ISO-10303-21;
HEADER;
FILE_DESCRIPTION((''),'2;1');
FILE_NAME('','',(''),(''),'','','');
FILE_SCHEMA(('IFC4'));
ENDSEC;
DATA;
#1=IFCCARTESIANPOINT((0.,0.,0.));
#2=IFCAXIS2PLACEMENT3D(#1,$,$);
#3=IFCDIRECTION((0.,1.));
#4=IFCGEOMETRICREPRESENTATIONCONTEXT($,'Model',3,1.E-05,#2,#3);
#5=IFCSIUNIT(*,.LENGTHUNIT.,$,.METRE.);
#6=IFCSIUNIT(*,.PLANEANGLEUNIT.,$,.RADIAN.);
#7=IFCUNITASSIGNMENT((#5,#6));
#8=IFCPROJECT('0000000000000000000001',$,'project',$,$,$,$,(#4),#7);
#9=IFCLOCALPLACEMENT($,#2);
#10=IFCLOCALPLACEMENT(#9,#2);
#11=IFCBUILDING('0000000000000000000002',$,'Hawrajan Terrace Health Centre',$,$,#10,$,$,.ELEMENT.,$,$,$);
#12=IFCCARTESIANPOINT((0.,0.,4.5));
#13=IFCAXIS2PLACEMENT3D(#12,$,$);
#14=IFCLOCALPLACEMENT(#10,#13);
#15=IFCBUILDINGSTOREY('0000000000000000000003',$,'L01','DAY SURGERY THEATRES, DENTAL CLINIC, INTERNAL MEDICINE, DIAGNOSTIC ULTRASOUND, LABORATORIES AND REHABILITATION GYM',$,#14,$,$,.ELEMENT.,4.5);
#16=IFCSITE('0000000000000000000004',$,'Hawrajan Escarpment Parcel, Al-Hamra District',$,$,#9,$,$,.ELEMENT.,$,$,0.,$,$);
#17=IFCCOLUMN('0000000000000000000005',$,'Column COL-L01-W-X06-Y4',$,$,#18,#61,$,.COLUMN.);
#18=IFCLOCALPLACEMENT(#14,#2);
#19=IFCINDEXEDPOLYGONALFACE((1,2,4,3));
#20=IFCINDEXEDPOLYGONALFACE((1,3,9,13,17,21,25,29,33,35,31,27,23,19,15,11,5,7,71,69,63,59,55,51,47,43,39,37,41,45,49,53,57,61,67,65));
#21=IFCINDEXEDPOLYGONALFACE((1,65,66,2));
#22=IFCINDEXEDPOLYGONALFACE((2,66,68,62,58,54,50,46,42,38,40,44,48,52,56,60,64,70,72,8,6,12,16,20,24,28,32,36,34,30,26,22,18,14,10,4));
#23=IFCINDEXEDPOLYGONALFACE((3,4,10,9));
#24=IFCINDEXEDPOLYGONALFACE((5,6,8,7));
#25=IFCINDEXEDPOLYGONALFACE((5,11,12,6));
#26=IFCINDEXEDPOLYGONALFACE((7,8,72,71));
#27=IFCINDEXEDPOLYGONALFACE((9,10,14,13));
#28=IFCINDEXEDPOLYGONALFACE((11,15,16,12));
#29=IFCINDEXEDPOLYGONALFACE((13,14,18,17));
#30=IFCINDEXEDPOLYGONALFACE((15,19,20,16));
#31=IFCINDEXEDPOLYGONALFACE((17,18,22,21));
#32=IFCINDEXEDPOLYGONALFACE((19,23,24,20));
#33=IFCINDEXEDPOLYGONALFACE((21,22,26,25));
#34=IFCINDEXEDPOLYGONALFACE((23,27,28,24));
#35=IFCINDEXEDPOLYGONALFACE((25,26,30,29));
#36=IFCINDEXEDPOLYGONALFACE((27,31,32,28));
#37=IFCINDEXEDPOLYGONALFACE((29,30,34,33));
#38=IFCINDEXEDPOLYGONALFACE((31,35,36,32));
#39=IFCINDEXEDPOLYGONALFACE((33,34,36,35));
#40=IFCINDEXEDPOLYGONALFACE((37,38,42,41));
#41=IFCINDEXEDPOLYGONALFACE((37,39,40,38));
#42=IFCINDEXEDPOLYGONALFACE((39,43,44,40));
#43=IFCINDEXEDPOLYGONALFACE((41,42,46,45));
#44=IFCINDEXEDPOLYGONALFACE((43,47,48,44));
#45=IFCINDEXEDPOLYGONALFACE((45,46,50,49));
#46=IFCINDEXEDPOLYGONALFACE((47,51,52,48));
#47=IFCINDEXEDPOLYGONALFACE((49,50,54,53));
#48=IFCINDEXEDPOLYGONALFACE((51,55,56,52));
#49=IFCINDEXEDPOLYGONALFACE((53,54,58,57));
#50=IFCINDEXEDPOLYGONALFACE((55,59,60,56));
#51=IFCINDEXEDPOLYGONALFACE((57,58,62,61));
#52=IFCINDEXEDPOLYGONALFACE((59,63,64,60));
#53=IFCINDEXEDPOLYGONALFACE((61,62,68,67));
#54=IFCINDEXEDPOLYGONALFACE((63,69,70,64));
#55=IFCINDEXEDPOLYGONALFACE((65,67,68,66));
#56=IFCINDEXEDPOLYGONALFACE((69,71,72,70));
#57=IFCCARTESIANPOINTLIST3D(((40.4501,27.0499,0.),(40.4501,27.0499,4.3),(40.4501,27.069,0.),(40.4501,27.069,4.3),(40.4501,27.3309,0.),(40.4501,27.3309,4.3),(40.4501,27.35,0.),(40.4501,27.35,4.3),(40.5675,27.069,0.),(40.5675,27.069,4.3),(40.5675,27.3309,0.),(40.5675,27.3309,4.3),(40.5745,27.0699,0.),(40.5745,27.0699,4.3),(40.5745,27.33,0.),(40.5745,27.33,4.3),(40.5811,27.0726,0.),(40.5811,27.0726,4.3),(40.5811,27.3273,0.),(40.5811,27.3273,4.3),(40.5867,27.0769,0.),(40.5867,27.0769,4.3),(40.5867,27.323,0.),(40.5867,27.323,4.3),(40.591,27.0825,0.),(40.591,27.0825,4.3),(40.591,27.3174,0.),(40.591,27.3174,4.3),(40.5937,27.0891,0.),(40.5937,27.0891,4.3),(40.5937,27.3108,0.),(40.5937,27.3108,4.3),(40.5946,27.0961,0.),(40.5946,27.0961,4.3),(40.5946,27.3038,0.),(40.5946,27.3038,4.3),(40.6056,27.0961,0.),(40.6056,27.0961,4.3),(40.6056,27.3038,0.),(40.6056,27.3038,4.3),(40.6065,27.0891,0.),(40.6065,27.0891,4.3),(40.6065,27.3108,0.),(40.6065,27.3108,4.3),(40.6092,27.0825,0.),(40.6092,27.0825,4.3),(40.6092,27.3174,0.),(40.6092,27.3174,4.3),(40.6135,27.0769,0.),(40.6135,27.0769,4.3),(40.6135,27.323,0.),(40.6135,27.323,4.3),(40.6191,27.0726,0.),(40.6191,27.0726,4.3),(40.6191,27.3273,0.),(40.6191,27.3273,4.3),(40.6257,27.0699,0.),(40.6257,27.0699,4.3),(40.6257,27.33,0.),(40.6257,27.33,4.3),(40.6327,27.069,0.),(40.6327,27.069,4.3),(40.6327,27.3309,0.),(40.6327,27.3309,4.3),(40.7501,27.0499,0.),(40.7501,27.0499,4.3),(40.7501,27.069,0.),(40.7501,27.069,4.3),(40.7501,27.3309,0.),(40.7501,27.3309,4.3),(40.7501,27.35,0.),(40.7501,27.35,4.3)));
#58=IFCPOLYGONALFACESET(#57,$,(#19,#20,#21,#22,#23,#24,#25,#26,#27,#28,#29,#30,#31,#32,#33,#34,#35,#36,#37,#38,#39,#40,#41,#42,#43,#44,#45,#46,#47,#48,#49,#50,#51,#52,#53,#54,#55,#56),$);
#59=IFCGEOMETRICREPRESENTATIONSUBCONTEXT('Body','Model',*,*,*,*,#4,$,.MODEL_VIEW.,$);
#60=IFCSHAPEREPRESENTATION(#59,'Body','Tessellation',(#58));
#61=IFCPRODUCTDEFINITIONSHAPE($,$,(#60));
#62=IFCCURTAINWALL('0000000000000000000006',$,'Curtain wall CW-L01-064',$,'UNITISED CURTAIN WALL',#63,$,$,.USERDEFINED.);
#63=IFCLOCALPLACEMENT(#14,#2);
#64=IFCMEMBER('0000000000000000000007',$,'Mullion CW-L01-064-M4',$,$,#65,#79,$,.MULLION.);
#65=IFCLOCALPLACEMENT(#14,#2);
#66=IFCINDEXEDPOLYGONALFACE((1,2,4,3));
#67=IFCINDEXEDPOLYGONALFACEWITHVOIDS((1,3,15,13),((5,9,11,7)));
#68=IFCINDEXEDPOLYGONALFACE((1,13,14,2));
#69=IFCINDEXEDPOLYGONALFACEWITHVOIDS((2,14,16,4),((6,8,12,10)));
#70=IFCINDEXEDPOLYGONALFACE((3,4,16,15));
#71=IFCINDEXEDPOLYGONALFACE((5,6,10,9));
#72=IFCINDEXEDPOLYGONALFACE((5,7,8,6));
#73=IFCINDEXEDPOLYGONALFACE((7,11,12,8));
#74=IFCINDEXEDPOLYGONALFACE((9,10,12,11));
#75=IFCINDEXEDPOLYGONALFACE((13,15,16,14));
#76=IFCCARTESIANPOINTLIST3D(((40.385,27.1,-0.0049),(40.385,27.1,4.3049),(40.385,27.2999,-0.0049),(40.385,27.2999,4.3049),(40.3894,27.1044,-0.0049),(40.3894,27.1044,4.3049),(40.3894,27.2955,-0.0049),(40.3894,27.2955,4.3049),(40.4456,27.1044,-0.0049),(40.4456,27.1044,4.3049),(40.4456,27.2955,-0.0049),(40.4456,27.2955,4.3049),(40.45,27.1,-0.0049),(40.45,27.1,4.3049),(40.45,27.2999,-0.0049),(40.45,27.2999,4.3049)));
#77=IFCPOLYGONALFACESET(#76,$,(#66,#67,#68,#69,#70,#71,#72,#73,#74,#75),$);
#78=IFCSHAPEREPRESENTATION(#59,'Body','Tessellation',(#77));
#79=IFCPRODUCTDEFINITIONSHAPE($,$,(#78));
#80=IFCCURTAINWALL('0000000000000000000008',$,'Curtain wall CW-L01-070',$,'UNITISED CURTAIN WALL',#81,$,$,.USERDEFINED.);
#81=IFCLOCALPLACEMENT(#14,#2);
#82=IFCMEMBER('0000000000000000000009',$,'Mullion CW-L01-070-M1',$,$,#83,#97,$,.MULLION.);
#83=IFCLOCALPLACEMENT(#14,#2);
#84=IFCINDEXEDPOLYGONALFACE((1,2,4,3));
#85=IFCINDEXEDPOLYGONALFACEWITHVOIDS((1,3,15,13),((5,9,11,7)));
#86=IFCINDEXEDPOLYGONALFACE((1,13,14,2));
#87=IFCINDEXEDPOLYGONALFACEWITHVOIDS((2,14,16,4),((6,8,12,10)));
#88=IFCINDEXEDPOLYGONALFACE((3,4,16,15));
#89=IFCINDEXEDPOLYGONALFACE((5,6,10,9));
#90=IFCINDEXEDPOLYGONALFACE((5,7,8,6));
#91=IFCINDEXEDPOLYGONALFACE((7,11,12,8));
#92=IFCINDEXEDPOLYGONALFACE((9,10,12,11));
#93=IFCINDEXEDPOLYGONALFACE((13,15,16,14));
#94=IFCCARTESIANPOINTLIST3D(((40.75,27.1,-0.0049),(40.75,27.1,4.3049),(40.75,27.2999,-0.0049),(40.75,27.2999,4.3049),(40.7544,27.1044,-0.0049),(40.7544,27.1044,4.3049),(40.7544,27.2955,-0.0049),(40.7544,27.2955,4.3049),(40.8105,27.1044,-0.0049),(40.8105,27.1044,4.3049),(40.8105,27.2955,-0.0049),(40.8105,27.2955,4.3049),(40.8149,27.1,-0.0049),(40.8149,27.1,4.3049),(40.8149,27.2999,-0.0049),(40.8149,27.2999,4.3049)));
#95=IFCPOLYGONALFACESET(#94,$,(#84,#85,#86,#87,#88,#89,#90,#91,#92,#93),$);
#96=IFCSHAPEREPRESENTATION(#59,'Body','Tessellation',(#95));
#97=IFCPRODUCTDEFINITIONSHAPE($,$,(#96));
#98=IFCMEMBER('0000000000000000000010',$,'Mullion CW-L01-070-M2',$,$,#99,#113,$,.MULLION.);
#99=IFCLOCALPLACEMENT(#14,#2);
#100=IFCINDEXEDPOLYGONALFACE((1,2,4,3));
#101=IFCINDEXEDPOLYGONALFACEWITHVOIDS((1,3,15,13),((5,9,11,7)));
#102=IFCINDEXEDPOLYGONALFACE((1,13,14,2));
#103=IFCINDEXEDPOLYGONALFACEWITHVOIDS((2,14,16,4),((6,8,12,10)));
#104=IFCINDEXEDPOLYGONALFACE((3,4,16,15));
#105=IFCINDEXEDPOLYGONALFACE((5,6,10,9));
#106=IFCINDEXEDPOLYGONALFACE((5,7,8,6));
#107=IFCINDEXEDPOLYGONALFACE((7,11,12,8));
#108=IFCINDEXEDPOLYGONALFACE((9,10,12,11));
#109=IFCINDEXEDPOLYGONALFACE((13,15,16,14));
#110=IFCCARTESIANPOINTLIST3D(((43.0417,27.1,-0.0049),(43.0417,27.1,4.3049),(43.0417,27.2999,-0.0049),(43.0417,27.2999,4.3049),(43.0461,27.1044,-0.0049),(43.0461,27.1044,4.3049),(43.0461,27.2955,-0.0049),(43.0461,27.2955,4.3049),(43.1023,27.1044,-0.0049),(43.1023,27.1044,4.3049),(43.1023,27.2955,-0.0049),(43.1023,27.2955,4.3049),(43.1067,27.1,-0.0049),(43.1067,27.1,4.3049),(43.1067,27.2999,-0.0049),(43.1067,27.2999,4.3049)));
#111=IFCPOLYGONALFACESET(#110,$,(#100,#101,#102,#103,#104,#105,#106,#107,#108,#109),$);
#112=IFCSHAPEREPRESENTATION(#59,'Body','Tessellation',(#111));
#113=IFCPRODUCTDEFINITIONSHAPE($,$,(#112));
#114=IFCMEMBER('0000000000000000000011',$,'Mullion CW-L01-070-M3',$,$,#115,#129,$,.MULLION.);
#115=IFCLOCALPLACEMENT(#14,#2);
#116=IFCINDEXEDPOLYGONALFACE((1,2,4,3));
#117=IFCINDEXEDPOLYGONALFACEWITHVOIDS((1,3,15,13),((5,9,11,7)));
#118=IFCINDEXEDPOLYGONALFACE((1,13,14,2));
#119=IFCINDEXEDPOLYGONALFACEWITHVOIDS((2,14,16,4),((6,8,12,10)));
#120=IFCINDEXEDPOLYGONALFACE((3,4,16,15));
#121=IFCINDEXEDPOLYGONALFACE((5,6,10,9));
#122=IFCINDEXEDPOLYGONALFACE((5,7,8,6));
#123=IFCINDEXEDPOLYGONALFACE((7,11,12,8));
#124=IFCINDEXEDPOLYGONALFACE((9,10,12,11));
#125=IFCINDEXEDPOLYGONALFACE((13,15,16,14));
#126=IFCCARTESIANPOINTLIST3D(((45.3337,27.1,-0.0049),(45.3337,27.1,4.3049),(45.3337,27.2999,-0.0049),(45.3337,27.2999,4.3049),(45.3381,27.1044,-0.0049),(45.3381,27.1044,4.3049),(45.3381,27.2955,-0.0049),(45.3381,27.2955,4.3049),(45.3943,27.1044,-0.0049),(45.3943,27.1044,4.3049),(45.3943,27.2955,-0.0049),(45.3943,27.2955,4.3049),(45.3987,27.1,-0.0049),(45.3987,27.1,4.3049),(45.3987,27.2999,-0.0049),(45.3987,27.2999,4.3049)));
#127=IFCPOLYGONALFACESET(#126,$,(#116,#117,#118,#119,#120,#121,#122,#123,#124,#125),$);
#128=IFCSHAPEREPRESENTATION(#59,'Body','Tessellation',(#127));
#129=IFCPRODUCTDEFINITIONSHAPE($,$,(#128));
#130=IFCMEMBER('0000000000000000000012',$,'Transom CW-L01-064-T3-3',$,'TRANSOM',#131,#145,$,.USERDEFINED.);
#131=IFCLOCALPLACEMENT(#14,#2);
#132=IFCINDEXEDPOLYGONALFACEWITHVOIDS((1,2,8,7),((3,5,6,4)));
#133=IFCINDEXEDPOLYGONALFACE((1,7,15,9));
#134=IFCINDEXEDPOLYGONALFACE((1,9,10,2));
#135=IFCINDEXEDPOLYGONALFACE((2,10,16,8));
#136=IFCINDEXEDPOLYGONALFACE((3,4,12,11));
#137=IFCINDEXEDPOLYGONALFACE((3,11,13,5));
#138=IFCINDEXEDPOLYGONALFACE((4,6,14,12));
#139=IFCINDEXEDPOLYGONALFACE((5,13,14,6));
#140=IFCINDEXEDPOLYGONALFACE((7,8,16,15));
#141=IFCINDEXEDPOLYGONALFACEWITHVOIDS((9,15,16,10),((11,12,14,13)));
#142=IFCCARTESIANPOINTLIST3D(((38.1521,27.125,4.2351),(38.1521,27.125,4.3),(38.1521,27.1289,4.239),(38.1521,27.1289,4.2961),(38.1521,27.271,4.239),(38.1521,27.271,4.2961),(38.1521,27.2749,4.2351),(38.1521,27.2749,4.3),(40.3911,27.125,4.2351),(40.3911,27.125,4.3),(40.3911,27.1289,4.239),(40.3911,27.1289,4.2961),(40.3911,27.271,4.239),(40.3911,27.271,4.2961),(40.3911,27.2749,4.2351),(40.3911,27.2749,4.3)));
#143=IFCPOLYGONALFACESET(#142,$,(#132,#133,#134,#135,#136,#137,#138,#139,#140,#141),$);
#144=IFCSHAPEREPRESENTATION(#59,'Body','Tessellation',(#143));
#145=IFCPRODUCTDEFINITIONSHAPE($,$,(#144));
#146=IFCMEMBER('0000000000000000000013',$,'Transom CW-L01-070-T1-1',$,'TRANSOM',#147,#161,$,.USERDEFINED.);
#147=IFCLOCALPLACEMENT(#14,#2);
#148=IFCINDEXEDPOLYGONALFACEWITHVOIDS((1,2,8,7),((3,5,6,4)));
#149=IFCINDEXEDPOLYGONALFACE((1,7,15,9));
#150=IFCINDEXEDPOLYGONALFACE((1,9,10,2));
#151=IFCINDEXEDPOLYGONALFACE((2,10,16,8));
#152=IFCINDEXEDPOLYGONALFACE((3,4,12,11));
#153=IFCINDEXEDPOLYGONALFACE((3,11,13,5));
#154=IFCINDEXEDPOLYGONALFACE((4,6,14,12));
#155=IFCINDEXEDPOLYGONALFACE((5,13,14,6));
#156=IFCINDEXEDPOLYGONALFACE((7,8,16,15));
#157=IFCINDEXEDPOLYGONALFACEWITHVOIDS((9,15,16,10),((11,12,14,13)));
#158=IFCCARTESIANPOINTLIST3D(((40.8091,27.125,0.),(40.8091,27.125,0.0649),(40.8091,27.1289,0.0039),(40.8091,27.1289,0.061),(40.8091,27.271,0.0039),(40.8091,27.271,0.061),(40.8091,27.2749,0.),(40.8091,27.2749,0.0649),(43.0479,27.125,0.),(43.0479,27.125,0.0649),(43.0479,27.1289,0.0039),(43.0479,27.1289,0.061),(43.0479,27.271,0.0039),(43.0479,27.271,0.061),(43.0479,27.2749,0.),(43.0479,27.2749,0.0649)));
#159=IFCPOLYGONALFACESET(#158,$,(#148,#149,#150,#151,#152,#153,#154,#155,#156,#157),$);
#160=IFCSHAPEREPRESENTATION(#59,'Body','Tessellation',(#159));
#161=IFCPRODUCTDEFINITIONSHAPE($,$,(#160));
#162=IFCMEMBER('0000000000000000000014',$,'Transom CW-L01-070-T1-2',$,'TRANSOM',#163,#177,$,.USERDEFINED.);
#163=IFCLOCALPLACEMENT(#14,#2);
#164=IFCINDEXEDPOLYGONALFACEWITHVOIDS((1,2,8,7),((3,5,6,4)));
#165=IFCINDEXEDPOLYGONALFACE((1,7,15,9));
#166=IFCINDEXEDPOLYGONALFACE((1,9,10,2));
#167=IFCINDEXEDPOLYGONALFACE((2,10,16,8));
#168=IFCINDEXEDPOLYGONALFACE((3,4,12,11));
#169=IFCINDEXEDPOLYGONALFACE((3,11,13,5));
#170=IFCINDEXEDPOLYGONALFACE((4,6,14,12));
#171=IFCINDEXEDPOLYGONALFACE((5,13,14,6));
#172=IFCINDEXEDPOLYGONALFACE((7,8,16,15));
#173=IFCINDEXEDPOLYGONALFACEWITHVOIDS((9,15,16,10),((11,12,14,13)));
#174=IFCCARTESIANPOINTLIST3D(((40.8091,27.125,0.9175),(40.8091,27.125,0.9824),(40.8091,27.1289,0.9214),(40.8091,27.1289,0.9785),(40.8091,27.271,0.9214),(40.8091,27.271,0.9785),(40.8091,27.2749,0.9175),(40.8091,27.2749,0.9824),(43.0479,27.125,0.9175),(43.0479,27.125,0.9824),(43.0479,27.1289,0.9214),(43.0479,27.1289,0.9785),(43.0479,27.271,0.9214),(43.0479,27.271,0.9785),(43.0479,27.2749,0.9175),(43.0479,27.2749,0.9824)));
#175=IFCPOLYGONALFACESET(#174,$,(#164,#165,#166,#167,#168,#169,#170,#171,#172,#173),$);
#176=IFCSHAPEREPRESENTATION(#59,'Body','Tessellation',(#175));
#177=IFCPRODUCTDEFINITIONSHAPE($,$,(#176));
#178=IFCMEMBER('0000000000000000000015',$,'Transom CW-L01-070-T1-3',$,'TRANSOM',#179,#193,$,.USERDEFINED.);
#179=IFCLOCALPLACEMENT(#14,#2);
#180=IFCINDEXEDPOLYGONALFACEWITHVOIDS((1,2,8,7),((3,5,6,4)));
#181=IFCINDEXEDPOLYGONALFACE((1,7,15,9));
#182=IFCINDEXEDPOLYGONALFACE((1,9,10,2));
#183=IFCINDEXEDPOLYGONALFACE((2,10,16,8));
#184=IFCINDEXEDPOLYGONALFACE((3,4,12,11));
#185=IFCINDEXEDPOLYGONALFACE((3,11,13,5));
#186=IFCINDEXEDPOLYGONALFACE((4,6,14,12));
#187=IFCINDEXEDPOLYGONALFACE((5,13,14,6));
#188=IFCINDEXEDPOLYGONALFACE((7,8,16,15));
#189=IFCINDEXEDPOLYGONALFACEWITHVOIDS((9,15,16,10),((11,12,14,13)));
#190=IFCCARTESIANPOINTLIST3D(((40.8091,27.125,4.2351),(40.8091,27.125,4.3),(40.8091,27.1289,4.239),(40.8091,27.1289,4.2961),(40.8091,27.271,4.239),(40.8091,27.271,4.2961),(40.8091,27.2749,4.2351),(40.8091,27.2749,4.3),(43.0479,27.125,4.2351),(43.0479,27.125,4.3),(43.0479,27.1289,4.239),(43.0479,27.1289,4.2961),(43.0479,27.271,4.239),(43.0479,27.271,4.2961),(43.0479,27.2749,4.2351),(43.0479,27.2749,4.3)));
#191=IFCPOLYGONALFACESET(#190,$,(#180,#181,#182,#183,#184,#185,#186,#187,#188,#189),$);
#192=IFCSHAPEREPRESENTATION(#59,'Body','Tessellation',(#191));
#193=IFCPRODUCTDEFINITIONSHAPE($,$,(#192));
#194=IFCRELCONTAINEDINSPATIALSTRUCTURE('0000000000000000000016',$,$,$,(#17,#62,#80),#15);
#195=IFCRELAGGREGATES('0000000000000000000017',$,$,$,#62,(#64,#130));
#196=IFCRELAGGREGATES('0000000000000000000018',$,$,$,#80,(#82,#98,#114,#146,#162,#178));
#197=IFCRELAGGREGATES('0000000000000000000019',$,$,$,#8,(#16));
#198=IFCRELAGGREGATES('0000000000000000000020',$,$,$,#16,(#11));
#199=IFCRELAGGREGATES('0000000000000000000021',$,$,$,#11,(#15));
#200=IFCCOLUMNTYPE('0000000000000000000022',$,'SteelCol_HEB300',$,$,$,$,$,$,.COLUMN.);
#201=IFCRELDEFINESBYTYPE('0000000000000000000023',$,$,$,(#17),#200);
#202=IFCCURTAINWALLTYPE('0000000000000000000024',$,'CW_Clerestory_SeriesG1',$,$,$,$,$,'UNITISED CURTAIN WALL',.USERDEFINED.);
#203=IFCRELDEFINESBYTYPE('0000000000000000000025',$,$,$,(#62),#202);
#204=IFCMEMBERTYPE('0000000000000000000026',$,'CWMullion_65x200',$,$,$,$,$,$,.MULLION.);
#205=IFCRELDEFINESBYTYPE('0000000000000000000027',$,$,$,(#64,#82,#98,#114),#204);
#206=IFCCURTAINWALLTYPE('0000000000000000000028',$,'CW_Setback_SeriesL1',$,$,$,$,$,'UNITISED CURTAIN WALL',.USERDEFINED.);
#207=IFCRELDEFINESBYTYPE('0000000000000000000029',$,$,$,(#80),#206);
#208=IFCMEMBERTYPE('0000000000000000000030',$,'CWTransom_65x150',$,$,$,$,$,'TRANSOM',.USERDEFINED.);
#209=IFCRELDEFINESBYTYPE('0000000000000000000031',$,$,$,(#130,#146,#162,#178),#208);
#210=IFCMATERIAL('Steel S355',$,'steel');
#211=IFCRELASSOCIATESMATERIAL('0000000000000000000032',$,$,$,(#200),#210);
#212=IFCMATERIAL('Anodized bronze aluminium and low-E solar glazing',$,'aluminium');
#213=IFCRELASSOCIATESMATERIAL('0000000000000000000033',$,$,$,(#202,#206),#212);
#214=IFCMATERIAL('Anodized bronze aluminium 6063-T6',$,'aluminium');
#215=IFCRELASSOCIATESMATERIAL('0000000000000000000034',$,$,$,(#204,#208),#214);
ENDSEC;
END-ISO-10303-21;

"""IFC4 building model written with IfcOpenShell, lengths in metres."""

from ifc_helpers import new_model, si_unit, direction, frame, origin, origin_2d, place, context, subcontext, project, spatial, hollow_rectangle, i_section, extrude, material, material_profile, profile_set, type_object, element, aggregate, save


model = new_model("IFC4")

# Units and contexts
model_context = context("Model", 3, precision=1e-05, world=origin(), true_north=direction((0.0, 1.0)))
body_context = subcontext(model_context, "Body", "Model", "MODEL_VIEW")
ifc_project = project(units=[si_unit("LENGTHUNIT", "METRE"), si_unit("PLANEANGLEUNIT", "RADIAN")], contexts=[model_context])

# Site, building, storey
site_placement = place(None, origin())
site = spatial("IfcSite", under=ifc_project, at=site_placement, Name="Hawrajan Escarpment Parcel, Al-Hamra District", CompositionType="ELEMENT", RefElevation=0.0)
building_placement = place(site_placement, origin())
building = spatial("IfcBuilding", under=site, at=building_placement, Name="Hawrajan Terrace Health Centre", CompositionType="ELEMENT")
storey_placement = place(building_placement, frame((0.0, 0.0, 4.5)))
storey = spatial("IfcBuildingStorey", under=building, at=storey_placement, Name="L01", Description="DAY SURGERY THEATRES, DENTAL CLINIC, INTERNAL MEDICINE, DIAGNOSTIC ULTRASOUND, LABORATORIES AND REHABILITATION GYM", CompositionType="ELEMENT", Elevation=4.5)

# Column
ifc_material_1 = material(Name="Steel S355", Category="steel")
ifc_material_profile_1 = material_profile(ifc_material_1, i_section(OverallWidth=0.3, OverallDepth=0.3, WebThickness=0.011, FlangeThickness=0.019, FilletRadius=0.0271, at=origin_2d()), Name="HEB 300")
ifc_profile_set_1 = profile_set([ifc_material_profile_1], Name="Steel S355")
column_type = type_object("IfcColumnType", Name="SteelCol_HEB300", PredefinedType="COLUMN", material=ifc_profile_set_1)
column_placement = place(storey_placement, frame((40.6001, 27.2, 0.0), z_axis=(0.0, 0.0, 1.0), x_axis=(1.0, 0.0, 0.0)))
element("IfcColumn", 1, at=column_placement, inside=storey, type_object=column_type, Name="Column COL-L01-W-X06-Y4", PredefinedType="COLUMN", context=body_context, shape_type="SweptSolid", body=[
    extrude(i_section(OverallWidth=0.3, OverallDepth=0.3, WebThickness=0.011, FlangeThickness=0.019, FilletRadius=0.0271, at=origin_2d()), origin(), (0.0, 0.0, 1.0), 4.3),
])

# Curtain wall, member
ifc_material_2 = material(Name="Anodized bronze aluminium and low-E solar glazing", Category="aluminium")
curtain_wall_type_1 = type_object("IfcCurtainWallType", Name="CW_Clerestory_SeriesG1", ElementType="UNITISED CURTAIN WALL", PredefinedType="USERDEFINED", material=ifc_material_2)
curtain_wall_1_placement = place(storey_placement, origin())
curtain_wall_1 = element("IfcCurtainWall", 2, at=curtain_wall_1_placement, inside=storey, type_object=curtain_wall_type_1, Name="Curtain wall CW-L01-064", ObjectType="UNITISED CURTAIN WALL", PredefinedType="USERDEFINED")
ifc_material_3 = material(Name="Anodized bronze aluminium 6063-T6", Category="aluminium")
ifc_material_profile_2 = material_profile(ifc_material_3, hollow_rectangle(XDim=0.0649, YDim=0.2, WallThickness=0.0044, at=origin_2d()), Name="CW MUL 65x200")
ifc_profile_set_2 = profile_set([ifc_material_profile_2], Name="Anodized bronze aluminium 6063-T6")
member_type_1 = type_object("IfcMemberType", Name="CWMullion_65x200", PredefinedType="MULLION", material=ifc_profile_set_2)
member_1_placement = place(storey_placement, frame((40.4175, 27.2, -0.0049), z_axis=(0.0, 0.0, 1.0), x_axis=(1.0, 0.0, 0.0)))
member_1 = element("IfcMember", 3, at=member_1_placement, type_object=member_type_1, Name="Mullion CW-L01-064-M4", PredefinedType="MULLION", context=body_context, shape_type="SweptSolid", body=[
    extrude(hollow_rectangle(XDim=0.0649, YDim=0.2, WallThickness=0.0044, at=origin_2d()), origin(), (0.0, 0.0, 1.0), 4.3098),
])

# Curtain wall, members
curtain_wall_type_2 = type_object("IfcCurtainWallType", Name="CW_Setback_SeriesL1", ElementType="UNITISED CURTAIN WALL", PredefinedType="USERDEFINED", material=ifc_material_2)
curtain_wall_2_placement = place(storey_placement, origin())
curtain_wall_2 = element("IfcCurtainWall", 4, at=curtain_wall_2_placement, inside=storey, type_object=curtain_wall_type_2, Name="Curtain wall CW-L01-070", ObjectType="UNITISED CURTAIN WALL", PredefinedType="USERDEFINED")
member_2_placement = place(storey_placement, frame((40.7825, 27.2, -0.0049), z_axis=(0.0, 0.0, 1.0), x_axis=(1.0, 0.0, 0.0)))
member_2 = element("IfcMember", 5, at=member_2_placement, type_object=member_type_1, Name="Mullion CW-L01-070-M1", PredefinedType="MULLION", context=body_context, shape_type="SweptSolid", body=[
    extrude(hollow_rectangle(XDim=0.0649, YDim=0.2, WallThickness=0.0044, at=origin_2d()), origin(), (0.0, 0.0, 1.0), 4.3098),
])
member_3_placement = place(storey_placement, frame((43.0742, 27.2, -0.0049), z_axis=(0.0, 0.0, 1.0), x_axis=(1.0, 0.0, 0.0)))
member_3 = element("IfcMember", 6, at=member_3_placement, type_object=member_type_1, Name="Mullion CW-L01-070-M2", PredefinedType="MULLION", context=body_context, shape_type="SweptSolid", body=[
    extrude(hollow_rectangle(XDim=0.0649, YDim=0.2, WallThickness=0.0044, at=origin_2d()), origin(), (0.0, 0.0, 1.0), 4.3098),
])
member_4_placement = place(storey_placement, frame((45.3662, 27.2, -0.0049), z_axis=(0.0, 0.0, 1.0), x_axis=(1.0, 0.0, 0.0)))
member_4 = element("IfcMember", 7, at=member_4_placement, type_object=member_type_1, Name="Mullion CW-L01-070-M3", PredefinedType="MULLION", context=body_context, shape_type="SweptSolid", body=[
    extrude(hollow_rectangle(XDim=0.0649, YDim=0.2, WallThickness=0.0044, at=origin_2d()), origin(), (0.0, 0.0, 1.0), 4.3098),
])

# Members
ifc_material_profile_3 = material_profile(ifc_material_3, hollow_rectangle(XDim=0.0649, YDim=0.1499, WallThickness=0.0039, at=origin_2d()), Name="CW TRN 65x150")
ifc_profile_set_3 = profile_set([ifc_material_profile_3], Name="Anodized bronze aluminium 6063-T6")
member_type_2 = type_object("IfcMemberType", Name="CWTransom_65x150", ElementType="TRANSOM", PredefinedType="USERDEFINED", material=ifc_profile_set_3)
member_5_placement = place(storey_placement, frame((38.1521, 27.2, 4.2676), z_axis=(1.0, 0.0, 0.0), x_axis=(0.0, 0.0, 1.0)))
member_5 = element("IfcMember", 8, at=member_5_placement, type_object=member_type_2, Name="Transom CW-L01-064-T3-3", ObjectType="TRANSOM", PredefinedType="USERDEFINED", context=body_context, shape_type="SweptSolid", body=[
    extrude(hollow_rectangle(XDim=0.0649, YDim=0.1499, WallThickness=0.0039, at=origin_2d()), origin(), (0.0, 0.0, 1.0), 2.239),
])
member_6_placement = place(storey_placement, frame((40.8091, 27.2, 0.0325), z_axis=(1.0, 0.0, 0.0), x_axis=(0.0, 0.0, 1.0)))
member_6 = element("IfcMember", 9, at=member_6_placement, type_object=member_type_2, Name="Transom CW-L01-070-T1-1", ObjectType="TRANSOM", PredefinedType="USERDEFINED", context=body_context, shape_type="SweptSolid", body=[
    extrude(hollow_rectangle(XDim=0.0649, YDim=0.1499, WallThickness=0.0039, at=origin_2d()), origin(), (0.0, 0.0, 1.0), 2.2388),
])
member_7_placement = place(storey_placement, frame((40.8091, 27.2, 0.95), z_axis=(1.0, 0.0, 0.0), x_axis=(0.0, 0.0, 1.0)))
member_7 = element("IfcMember", 10, at=member_7_placement, type_object=member_type_2, Name="Transom CW-L01-070-T1-2", ObjectType="TRANSOM", PredefinedType="USERDEFINED", context=body_context, shape_type="SweptSolid", body=[
    extrude(hollow_rectangle(XDim=0.0649, YDim=0.1499, WallThickness=0.0039, at=origin_2d()), origin(), (0.0, 0.0, 1.0), 2.2388),
])
member_8_placement = place(storey_placement, frame((40.8091, 27.2, 4.2676), z_axis=(1.0, 0.0, 0.0), x_axis=(0.0, 0.0, 1.0)))
member_8 = element("IfcMember", 11, at=member_8_placement, type_object=member_type_2, Name="Transom CW-L01-070-T1-3", ObjectType="TRANSOM", PredefinedType="USERDEFINED", context=body_context, shape_type="SweptSolid", body=[
    extrude(hollow_rectangle(XDim=0.0649, YDim=0.1499, WallThickness=0.0039, at=origin_2d()), origin(), (0.0, 0.0, 1.0), 2.2388),
])

aggregate(curtain_wall_1, [member_1, member_5])
aggregate(curtain_wall_2, [member_2, member_3, member_4, member_6, member_7, member_8])

save(model, "model.ifc")
